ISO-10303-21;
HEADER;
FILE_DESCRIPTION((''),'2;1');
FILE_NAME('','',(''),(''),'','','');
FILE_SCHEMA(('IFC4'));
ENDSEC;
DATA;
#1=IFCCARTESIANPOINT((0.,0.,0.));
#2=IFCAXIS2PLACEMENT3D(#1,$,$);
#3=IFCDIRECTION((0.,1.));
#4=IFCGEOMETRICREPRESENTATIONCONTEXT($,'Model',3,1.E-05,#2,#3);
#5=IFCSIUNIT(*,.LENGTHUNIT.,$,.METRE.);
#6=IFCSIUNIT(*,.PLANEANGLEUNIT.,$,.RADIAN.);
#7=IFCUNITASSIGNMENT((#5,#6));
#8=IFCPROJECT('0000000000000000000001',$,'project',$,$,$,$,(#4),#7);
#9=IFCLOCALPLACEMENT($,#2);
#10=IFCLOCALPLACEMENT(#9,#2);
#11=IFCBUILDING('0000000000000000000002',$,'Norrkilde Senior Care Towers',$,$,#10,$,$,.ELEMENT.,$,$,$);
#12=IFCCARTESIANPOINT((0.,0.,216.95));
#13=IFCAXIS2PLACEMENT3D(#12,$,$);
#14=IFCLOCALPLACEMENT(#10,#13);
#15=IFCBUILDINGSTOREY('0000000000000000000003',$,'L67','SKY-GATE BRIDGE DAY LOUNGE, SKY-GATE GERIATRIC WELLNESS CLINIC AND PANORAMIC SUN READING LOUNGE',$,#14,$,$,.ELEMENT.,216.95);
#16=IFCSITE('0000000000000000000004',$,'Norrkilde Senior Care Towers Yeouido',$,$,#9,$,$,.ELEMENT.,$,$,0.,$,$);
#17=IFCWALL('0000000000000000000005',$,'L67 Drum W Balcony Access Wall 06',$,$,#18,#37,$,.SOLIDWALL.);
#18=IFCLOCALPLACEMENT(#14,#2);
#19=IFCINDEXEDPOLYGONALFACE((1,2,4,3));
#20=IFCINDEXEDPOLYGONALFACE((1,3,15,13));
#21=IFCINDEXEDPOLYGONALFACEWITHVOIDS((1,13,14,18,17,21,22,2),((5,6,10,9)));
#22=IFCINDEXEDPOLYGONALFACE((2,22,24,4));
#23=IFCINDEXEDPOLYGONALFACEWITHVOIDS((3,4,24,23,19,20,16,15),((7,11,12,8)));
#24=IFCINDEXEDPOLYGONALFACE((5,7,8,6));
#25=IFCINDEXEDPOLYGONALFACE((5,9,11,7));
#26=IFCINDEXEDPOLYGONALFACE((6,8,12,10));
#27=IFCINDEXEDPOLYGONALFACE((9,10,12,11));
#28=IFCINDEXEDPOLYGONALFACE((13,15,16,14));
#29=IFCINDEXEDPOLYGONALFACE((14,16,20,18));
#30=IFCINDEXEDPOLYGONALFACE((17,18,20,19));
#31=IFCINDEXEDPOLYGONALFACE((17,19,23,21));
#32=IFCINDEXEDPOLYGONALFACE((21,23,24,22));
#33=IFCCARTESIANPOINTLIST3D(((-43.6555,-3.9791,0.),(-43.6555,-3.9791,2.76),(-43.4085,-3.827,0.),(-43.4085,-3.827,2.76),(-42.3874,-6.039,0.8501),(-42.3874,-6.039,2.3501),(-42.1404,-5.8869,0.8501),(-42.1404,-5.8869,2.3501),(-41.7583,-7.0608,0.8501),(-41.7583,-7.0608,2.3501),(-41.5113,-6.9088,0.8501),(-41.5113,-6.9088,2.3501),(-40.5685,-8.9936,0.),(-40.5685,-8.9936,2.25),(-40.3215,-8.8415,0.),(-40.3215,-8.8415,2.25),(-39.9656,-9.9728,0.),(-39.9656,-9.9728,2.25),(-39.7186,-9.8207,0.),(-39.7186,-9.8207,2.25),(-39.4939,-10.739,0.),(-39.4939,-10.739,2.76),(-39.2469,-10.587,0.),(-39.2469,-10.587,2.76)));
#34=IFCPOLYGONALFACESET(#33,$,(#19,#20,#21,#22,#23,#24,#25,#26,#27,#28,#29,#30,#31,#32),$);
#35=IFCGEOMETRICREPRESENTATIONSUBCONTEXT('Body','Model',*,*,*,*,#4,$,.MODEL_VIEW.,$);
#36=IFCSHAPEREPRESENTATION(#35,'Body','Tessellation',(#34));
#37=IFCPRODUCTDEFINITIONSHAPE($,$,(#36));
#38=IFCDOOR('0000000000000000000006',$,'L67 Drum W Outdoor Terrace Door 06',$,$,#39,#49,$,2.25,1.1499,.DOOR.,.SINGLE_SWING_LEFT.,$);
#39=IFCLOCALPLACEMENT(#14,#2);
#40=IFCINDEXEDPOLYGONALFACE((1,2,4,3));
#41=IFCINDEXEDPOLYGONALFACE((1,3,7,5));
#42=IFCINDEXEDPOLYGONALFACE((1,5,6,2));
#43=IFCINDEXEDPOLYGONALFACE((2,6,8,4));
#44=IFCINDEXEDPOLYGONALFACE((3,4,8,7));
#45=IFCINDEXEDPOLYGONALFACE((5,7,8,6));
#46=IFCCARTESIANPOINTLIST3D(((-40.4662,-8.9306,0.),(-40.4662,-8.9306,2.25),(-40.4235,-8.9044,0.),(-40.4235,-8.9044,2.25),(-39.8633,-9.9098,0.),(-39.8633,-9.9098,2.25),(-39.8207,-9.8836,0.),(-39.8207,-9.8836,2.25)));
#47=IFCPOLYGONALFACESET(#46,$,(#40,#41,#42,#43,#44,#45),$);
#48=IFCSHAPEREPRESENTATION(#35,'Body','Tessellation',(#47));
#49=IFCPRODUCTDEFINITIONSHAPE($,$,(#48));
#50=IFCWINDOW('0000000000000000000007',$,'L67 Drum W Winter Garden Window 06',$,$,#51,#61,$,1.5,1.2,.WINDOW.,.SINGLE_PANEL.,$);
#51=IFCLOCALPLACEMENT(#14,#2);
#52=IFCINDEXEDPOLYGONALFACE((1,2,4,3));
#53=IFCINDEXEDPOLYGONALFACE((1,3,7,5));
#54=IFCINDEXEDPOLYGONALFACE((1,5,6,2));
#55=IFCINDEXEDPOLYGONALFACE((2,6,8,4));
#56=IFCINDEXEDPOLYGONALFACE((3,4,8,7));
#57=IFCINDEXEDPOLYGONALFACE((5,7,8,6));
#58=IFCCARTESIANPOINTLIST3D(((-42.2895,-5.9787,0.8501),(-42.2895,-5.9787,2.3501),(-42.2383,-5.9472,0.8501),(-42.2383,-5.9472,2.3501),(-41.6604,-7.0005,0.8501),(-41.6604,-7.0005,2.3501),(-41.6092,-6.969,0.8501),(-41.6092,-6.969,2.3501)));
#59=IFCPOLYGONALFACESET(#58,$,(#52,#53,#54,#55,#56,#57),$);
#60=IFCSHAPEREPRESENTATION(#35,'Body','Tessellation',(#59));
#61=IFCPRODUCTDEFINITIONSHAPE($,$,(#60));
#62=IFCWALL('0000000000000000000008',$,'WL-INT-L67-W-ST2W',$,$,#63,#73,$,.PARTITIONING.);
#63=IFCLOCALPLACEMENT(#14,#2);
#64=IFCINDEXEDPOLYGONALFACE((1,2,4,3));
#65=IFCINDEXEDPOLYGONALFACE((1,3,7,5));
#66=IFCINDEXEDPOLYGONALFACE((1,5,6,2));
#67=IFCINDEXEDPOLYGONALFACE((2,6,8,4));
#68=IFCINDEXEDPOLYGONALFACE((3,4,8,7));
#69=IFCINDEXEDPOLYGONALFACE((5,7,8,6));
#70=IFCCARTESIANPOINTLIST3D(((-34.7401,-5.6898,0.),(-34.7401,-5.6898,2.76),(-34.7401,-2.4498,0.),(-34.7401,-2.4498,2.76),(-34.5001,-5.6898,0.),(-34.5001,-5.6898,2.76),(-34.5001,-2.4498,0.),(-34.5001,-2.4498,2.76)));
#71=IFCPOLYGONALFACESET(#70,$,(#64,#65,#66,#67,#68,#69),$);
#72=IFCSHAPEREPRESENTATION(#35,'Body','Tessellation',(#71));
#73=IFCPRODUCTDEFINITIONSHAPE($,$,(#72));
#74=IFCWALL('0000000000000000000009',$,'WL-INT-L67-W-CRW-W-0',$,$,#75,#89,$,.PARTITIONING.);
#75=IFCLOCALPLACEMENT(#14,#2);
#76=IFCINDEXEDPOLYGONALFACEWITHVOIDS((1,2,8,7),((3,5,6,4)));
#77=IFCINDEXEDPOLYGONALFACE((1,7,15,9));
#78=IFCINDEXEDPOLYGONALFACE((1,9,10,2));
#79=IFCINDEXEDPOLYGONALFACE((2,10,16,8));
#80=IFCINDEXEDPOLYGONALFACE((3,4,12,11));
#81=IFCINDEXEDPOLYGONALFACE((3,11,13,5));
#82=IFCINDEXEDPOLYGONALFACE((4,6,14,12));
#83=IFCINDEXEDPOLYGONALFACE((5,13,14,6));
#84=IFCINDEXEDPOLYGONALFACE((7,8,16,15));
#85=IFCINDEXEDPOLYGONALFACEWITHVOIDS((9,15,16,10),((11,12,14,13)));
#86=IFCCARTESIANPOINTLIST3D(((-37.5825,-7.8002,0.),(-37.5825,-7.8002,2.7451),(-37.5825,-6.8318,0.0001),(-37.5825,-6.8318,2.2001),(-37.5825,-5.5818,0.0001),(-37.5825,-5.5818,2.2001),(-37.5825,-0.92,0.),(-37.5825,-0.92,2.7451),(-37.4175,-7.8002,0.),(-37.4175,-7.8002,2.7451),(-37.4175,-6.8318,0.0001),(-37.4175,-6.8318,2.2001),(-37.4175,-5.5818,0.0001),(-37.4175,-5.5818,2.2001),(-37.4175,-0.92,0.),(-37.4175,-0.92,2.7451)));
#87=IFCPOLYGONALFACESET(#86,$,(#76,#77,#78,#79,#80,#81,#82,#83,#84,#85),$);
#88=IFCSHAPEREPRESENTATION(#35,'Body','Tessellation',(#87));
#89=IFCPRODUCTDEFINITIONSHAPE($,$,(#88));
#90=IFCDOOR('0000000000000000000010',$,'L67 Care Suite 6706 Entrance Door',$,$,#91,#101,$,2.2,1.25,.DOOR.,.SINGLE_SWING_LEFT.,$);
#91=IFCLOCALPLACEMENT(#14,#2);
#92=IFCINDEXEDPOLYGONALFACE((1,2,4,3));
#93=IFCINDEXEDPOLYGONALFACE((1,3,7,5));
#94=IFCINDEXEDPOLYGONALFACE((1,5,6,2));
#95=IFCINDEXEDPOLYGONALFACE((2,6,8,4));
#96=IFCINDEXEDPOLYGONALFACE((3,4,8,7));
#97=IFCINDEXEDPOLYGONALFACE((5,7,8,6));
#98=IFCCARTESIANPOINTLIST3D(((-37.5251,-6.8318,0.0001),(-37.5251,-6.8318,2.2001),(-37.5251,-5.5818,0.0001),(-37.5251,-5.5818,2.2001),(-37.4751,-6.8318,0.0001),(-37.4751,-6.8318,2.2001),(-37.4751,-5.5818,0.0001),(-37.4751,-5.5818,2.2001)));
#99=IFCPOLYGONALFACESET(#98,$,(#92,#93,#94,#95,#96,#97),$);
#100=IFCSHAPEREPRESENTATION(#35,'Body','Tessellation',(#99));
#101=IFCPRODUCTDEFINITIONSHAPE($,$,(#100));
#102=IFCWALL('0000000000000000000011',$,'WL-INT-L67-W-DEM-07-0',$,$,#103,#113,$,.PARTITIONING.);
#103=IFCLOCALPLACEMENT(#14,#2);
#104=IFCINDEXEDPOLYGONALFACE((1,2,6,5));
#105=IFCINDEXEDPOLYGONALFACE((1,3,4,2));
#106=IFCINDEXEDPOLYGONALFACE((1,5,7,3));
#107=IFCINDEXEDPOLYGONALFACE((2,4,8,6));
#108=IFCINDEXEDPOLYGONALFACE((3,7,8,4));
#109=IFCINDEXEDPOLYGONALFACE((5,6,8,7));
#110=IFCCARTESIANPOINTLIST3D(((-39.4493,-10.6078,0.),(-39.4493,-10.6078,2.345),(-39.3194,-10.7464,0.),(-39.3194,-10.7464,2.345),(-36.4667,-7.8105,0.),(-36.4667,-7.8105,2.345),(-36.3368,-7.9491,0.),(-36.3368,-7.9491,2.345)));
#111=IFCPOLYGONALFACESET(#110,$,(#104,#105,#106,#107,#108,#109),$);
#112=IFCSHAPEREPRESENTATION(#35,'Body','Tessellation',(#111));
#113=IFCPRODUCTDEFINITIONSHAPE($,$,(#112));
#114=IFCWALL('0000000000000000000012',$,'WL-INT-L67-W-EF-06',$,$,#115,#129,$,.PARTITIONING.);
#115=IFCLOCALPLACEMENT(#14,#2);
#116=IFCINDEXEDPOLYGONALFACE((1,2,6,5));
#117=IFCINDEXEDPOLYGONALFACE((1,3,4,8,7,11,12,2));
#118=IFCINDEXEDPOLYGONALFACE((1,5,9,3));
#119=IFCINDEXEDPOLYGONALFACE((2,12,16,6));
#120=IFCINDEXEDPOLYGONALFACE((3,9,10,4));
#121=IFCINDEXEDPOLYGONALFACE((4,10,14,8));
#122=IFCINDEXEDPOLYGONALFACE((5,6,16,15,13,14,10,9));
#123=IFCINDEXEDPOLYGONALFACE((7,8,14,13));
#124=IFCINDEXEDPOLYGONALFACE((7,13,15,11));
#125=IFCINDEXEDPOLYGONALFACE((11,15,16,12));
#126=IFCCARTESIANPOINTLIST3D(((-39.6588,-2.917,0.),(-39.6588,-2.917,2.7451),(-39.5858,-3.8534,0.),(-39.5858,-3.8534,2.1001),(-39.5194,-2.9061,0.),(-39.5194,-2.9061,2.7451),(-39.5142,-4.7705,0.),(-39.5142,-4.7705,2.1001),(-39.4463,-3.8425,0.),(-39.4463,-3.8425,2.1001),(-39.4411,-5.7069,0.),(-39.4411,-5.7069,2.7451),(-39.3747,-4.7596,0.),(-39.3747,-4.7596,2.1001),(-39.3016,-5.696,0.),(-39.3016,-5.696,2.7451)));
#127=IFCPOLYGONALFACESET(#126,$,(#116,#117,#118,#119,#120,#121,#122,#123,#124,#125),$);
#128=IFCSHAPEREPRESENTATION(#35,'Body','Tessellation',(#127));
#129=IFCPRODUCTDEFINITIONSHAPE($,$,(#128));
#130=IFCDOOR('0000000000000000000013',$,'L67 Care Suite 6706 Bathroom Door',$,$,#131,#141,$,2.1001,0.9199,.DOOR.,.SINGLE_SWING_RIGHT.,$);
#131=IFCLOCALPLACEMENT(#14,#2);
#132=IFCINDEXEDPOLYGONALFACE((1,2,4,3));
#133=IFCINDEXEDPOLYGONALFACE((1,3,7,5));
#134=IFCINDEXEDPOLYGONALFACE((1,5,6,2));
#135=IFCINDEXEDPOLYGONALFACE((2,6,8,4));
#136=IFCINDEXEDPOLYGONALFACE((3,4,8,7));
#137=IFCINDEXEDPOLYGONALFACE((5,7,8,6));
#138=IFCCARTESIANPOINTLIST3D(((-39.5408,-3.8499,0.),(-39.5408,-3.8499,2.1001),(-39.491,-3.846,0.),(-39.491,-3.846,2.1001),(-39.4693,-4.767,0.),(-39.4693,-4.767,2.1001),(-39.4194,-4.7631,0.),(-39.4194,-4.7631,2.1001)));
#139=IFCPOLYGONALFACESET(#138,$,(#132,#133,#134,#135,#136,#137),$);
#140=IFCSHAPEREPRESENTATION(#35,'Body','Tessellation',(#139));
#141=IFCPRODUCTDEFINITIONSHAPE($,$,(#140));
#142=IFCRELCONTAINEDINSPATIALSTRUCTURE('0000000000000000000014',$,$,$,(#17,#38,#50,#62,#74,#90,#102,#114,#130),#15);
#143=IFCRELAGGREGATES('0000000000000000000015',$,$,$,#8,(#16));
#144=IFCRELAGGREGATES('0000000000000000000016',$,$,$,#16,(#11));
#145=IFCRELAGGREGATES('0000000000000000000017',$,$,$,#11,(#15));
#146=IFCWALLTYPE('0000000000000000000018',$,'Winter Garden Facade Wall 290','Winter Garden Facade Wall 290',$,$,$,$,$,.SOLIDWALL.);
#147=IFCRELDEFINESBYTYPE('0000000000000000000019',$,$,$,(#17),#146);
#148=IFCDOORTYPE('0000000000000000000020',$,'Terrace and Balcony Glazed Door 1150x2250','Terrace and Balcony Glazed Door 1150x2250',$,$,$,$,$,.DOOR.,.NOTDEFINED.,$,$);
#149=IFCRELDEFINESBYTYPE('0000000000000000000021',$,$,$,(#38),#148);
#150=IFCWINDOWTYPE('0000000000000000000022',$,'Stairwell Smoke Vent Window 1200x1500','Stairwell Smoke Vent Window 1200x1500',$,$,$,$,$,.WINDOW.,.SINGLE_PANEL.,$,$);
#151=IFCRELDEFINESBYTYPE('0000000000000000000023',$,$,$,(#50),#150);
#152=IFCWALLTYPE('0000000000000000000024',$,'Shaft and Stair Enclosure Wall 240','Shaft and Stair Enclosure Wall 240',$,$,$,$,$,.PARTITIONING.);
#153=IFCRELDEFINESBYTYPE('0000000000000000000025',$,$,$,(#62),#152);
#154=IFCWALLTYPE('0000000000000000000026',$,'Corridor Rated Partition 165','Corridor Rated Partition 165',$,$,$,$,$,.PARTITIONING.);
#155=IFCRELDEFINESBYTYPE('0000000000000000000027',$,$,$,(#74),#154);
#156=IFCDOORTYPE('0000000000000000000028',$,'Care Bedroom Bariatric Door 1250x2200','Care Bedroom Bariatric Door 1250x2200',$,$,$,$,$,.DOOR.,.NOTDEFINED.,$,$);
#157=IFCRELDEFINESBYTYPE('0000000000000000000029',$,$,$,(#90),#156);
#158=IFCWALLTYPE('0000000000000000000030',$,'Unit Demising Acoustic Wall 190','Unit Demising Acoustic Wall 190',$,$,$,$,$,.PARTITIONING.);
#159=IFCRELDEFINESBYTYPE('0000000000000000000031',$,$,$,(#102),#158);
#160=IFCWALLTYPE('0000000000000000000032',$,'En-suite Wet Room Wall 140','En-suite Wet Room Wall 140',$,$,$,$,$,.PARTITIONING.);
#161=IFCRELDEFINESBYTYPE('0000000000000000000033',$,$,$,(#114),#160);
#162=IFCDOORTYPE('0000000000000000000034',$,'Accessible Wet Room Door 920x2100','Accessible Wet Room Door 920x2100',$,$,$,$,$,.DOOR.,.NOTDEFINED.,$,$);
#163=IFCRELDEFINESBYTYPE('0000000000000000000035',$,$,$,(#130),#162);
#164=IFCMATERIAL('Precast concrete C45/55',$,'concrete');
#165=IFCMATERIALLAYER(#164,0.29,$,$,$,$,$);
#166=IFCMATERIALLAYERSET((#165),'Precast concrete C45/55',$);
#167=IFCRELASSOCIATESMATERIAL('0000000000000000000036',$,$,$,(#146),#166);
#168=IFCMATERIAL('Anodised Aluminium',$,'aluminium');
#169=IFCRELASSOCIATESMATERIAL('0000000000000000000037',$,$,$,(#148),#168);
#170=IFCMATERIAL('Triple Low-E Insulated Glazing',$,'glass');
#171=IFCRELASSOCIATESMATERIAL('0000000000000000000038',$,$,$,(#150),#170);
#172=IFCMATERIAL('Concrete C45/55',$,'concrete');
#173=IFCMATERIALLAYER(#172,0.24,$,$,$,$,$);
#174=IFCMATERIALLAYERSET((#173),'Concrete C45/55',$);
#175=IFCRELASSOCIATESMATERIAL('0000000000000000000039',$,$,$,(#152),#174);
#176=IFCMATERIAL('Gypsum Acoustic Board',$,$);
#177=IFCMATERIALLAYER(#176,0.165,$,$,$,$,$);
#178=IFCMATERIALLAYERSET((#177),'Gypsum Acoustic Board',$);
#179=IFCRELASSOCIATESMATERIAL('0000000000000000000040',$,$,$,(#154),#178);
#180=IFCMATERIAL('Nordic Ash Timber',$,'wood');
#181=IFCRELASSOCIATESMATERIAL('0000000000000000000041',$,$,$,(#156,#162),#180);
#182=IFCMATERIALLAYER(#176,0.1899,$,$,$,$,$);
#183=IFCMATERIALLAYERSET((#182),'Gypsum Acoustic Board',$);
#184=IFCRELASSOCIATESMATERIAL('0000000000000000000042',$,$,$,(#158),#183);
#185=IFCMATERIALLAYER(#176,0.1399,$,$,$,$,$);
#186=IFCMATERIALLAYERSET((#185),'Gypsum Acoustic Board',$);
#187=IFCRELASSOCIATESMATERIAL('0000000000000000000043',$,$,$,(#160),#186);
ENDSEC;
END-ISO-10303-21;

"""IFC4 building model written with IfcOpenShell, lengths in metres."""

from ifc_helpers import new_model, si_unit, direction, frame, frame_2d, origin, place, context, subcontext, project, spatial, rectangle, extrude, source, transform, mapped, material, layer, layer_set, type_object, type_shapes, element, fill, save


model = new_model("IFC4")

# Units and contexts
model_context = context("Model", 3, precision=1e-05, world=origin(), true_north=direction((0.0, 1.0)))
body_context = subcontext(model_context, "Body", "Model", "MODEL_VIEW")
ifc_project = project(units=[si_unit("LENGTHUNIT", "METRE"), si_unit("PLANEANGLEUNIT", "RADIAN")], contexts=[model_context])

# Site, building, storey
site_placement = place(None, origin())
site = spatial("IfcSite", under=ifc_project, at=site_placement, Name="Norrkilde Senior Care Towers Yeouido", CompositionType="ELEMENT", RefElevation=0.0)
building_placement = place(site_placement, origin())
building = spatial("IfcBuilding", under=site, at=building_placement, Name="Norrkilde Senior Care Towers", CompositionType="ELEMENT")
storey_placement = place(building_placement, frame((0.0, 0.0, 216.95)))
storey = spatial("IfcBuildingStorey", under=building, at=storey_placement, Name="L67", Description="SKY-GATE BRIDGE DAY LOUNGE, SKY-GATE GERIATRIC WELLNESS CLINIC AND PANORAMIC SUN READING LOUNGE", CompositionType="ELEMENT", Elevation=216.95)

# Shared definitions
ifc_material_1 = material(Name="Triple Low-E Insulated Glazing", Category="glass")
ifc_material_2 = material(Name="Anodised Aluminium", Category="aluminium")

# Wall, openings, door, window
ifc_material_3 = material(Name="Precast concrete C45/55", Category="concrete")
ifc_layer_1 = layer(ifc_material_3, 0.29)
ifc_layer_set_1 = layer_set([ifc_layer_1], Name="Precast concrete C45/55")
wall_type_1 = type_object("IfcWallType", Name="Winter Garden Facade Wall 290", Description="Winter Garden Facade Wall 290", PredefinedType="SOLIDWALL", material=ifc_layer_set_1)
shared_shape_1 = source(origin(), body_context, "Body", "SweptSolid", [
    extrude(rectangle(XDim=7.9382, YDim=0.29, at=frame_2d((3.9692, 0.0))), origin(), (0.0, 0.0, 1.0), 2.76),
])
type_shapes(wall_type_1, [shared_shape_1])
wall_1_placement = place(storey_placement, frame((-39.3704, -10.6631, 0.0), z_axis=(0.0, 0.0, 1.0), x_axis=(-0.524245, 0.851567, 0.0)))
wall_1 = element("IfcWall", 1, at=wall_1_placement, inside=storey, type_object=wall_type_1, Name="L67 Drum W Balcony Access Wall 06", PredefinedType="SOLIDWALL", context=body_context, shape_type="MappedRepresentation", body=[
    mapped(shared_shape_1, transform((0.0, 0.0, 0.0), x_axis=(1.0, 0.0, 0.0), y_axis=(0.0, 1.0, 0.0), z_axis=(0.0, 0.0, 1.0), scale=1.0)),
])
opening_1_placement = place(wall_1_placement, frame((0.8999, 0.0, 0.0)))
opening_1 = element("IfcOpeningElement", 2, at=opening_1_placement, cuts=wall_1, PredefinedType="OPENING", context=body_context, shape_type="SweptSolid", body=[
    extrude(rectangle(XDim=1.1499, YDim=2.25, at=frame_2d((0.575, 1.125))), frame((0.0, 0.155, 0.0), z_axis=(0.0, -1.0, 0.0), x_axis=(1.0, 0.0, 0.0)), (0.0, 0.0, 1.0), 0.3101),
])
opening_2_placement = place(wall_1_placement, frame((4.3193, 0.0, 0.8501)))
opening_2 = element("IfcOpeningElement", 3, at=opening_2_placement, cuts=wall_1, PredefinedType="OPENING", context=body_context, shape_type="SweptSolid", body=[
    extrude(rectangle(XDim=1.2, YDim=1.5, at=frame_2d((0.6001, 0.75))), frame((0.0, 0.155, 0.0), z_axis=(0.0, -1.0, 0.0), x_axis=(1.0, 0.0, 0.0)), (0.0, 0.0, 1.0), 0.3101),
])
door_type_1 = type_object("IfcDoorType", Name="Terrace and Balcony Glazed Door 1150x2250", Description="Terrace and Balcony Glazed Door 1150x2250", OperationType="NOTDEFINED", PredefinedType="DOOR", material=ifc_material_2)
shared_shape_2 = source(origin(), body_context, "Body", "SweptSolid", [
    extrude(rectangle(XDim=1.1499, YDim=2.25, at=frame_2d((0.575, 1.125))), frame((0.0, 0.0249, 0.0), z_axis=(0.0, -1.0, 0.0), x_axis=(1.0, 0.0, 0.0)), (0.0, 0.0, 1.0), 0.05),
])
type_shapes(door_type_1, [shared_shape_2])
door_1_placement = place(opening_1_placement, origin())
door_1 = element("IfcDoor", 4, at=door_1_placement, inside=storey, type_object=door_type_1, Name="L67 Drum W Outdoor Terrace Door 06", OperationType="SINGLE_SWING_LEFT", OverallHeight=2.25, OverallWidth=1.1499, PredefinedType="DOOR", context=body_context, shape_type="MappedRepresentation", body=[
    mapped(shared_shape_2, transform((0.0, 0.0, 0.0), x_axis=(1.0, 0.0, 0.0), y_axis=(0.0, 1.0, 0.0), z_axis=(0.0, 0.0, 1.0), scale=1.0)),
])
fill(opening_1, door_1)
window_type = type_object("IfcWindowType", Name="Stairwell Smoke Vent Window 1200x1500", Description="Stairwell Smoke Vent Window 1200x1500", PartitioningType="SINGLE_PANEL", PredefinedType="WINDOW", material=ifc_material_1)
shared_shape_3 = source(origin(), body_context, "Body", "SweptSolid", [
    extrude(rectangle(XDim=1.2, YDim=1.5, at=frame_2d((0.6001, 0.75))), frame((0.0, 0.03, 0.0), z_axis=(0.0, -1.0, 0.0), x_axis=(1.0, 0.0, 0.0)), (0.0, 0.0, 1.0), 0.0601),
])
type_shapes(window_type, [shared_shape_3])
window_placement = place(opening_2_placement, origin())
window = element("IfcWindow", 5, at=window_placement, inside=storey, type_object=window_type, Name="L67 Drum W Winter Garden Window 06", OverallHeight=1.5, OverallWidth=1.2, PartitioningType="SINGLE_PANEL", PredefinedType="WINDOW", context=body_context, shape_type="MappedRepresentation", body=[
    mapped(shared_shape_3, transform((0.0, 0.0, 0.0), x_axis=(1.0, 0.0, 0.0), y_axis=(0.0, 1.0, 0.0), z_axis=(0.0, 0.0, 1.0), scale=1.0)),
])
fill(opening_2, window)

# Wall
ifc_material_4 = material(Name="Concrete C45/55", Category="concrete")
ifc_layer_2 = layer(ifc_material_4, 0.24)
ifc_layer_set_2 = layer_set([ifc_layer_2], Name="Concrete C45/55")
wall_type_2 = type_object("IfcWallType", Name="Shaft and Stair Enclosure Wall 240", Description="Shaft and Stair Enclosure Wall 240", PredefinedType="PARTITIONING", material=ifc_layer_set_2)
shared_shape_4 = source(origin(), body_context, "Body", "SweptSolid", [
    extrude(rectangle(XDim=3.24, YDim=0.24, at=frame_2d((1.6201, 0.0))), origin(), (0.0, 0.0, 1.0), 2.76),
])
type_shapes(wall_type_2, [shared_shape_4])
wall_2_placement = place(storey_placement, frame((-34.6201, -5.6899, 0.0), z_axis=(0.0, 0.0, 1.0), x_axis=(0.0, 1.0, 0.0)))
element("IfcWall", 6, at=wall_2_placement, inside=storey, type_object=wall_type_2, Name="WL-INT-L67-W-ST2W", PredefinedType="PARTITIONING", context=body_context, shape_type="MappedRepresentation", body=[
    mapped(shared_shape_4, transform((0.0, 0.0, 0.0), x_axis=(1.0, 0.0, 0.0), y_axis=(0.0, 1.0, 0.0), z_axis=(0.0, 0.0, 1.0), scale=1.0)),
])

# Wall, opening, door
ifc_material_5 = material(Name="Gypsum Acoustic Board")
ifc_layer_3 = layer(ifc_material_5, 0.165)
ifc_layer_set_3 = layer_set([ifc_layer_3], Name="Gypsum Acoustic Board")
wall_type_3 = type_object("IfcWallType", Name="Corridor Rated Partition 165", Description="Corridor Rated Partition 165", PredefinedType="PARTITIONING", material=ifc_layer_set_3)
shared_shape_5 = source(origin(), body_context, "Body", "SweptSolid", [
    extrude(rectangle(XDim=6.8801, YDim=0.165, at=frame_2d((3.4399, 0.0))), origin(), (0.0, 0.0, 1.0), 2.7451),
])
type_shapes(wall_type_3, [shared_shape_5])
wall_3_placement = place(storey_placement, frame((-37.5, -7.8, 0.0), z_axis=(0.0, 0.0, 1.0), x_axis=(0.0, 1.0, 0.0)))
wall_3 = element("IfcWall", 7, at=wall_3_placement, inside=storey, type_object=wall_type_3, Name="WL-INT-L67-W-CRW-W-0", PredefinedType="PARTITIONING", context=body_context, shape_type="MappedRepresentation", body=[
    mapped(shared_shape_5, transform((0.0, 0.0, 0.0), x_axis=(1.0, 0.0, 0.0), y_axis=(0.0, 1.0, 0.0), z_axis=(0.0, 0.0, 1.0), scale=1.0)),
])
opening_3_placement = place(wall_3_placement, frame((0.9683, 0.0, 0.0)))
opening_3 = element("IfcOpeningElement", 8, at=opening_3_placement, cuts=wall_3, PredefinedType="OPENING", context=body_context, shape_type="SweptSolid", body=[
    extrude(rectangle(XDim=1.25, YDim=2.2, at=frame_2d((0.625, 1.1001))), frame((0.0, 0.0925, 0.0), z_axis=(0.0, -1.0, 0.0), x_axis=(1.0, 0.0, 0.0)), (0.0, 0.0, 1.0), 0.1851),
])
ifc_material_6 = material(Name="Nordic Ash Timber", Category="wood")
door_type_2 = type_object("IfcDoorType", Name="Care Bedroom Bariatric Door 1250x2200", Description="Care Bedroom Bariatric Door 1250x2200", OperationType="NOTDEFINED", PredefinedType="DOOR", material=ifc_material_6)
shared_shape_6 = source(origin(), body_context, "Body", "SweptSolid", [
    extrude(rectangle(XDim=1.25, YDim=2.2, at=frame_2d((0.625, 1.1001))), frame((0.0, 0.0249, 0.0), z_axis=(0.0, -1.0, 0.0), x_axis=(1.0, 0.0, 0.0)), (0.0, 0.0, 1.0), 0.05),
])
type_shapes(door_type_2, [shared_shape_6])
door_2_placement = place(opening_3_placement, frame((1.25, 0.0, 0.0), z_axis=(0.0, 0.0, 1.0), x_axis=(-1.0, 0.0, 0.0)))
door_2 = element("IfcDoor", 9, at=door_2_placement, inside=storey, type_object=door_type_2, Name="L67 Care Suite 6706 Entrance Door", OperationType="SINGLE_SWING_LEFT", OverallHeight=2.2, OverallWidth=1.25, PredefinedType="DOOR", context=body_context, shape_type="MappedRepresentation", body=[
    mapped(shared_shape_6, transform((0.0, 0.0, 0.0), x_axis=(1.0, 0.0, 0.0), y_axis=(0.0, 1.0, 0.0), z_axis=(0.0, 0.0, 1.0), scale=1.0)),
])
fill(opening_3, door_2)

# Wall
ifc_layer_4 = layer(ifc_material_5, 0.1899)
ifc_layer_set_4 = layer_set([ifc_layer_4], Name="Gypsum Acoustic Board")
wall_type_4 = type_object("IfcWallType", Name="Unit Demising Acoustic Wall 190", Description="Unit Demising Acoustic Wall 190", PredefinedType="PARTITIONING", material=ifc_layer_set_4)
shared_shape_7 = source(origin(), body_context, "Body", "SweptSolid", [
    extrude(rectangle(XDim=4.0891, YDim=0.1899, at=frame_2d((2.0444, 0.0))), origin(), (0.0, 0.0, 1.0), 2.345),
])
type_shapes(wall_type_4, [shared_shape_7])
wall_4_placement = place(storey_placement, frame((-36.4019, -7.8799, 0.0), z_axis=(0.0, 0.0, 1.0), x_axis=(-0.729401, -0.684086, 0.0)))
element("IfcWall", 10, at=wall_4_placement, inside=storey, type_object=wall_type_4, Name="WL-INT-L67-W-DEM-07-0", PredefinedType="PARTITIONING", context=body_context, shape_type="MappedRepresentation", body=[
    mapped(shared_shape_7, transform((0.0, 0.0, 0.0), x_axis=(1.0, 0.0, 0.0), y_axis=(0.0, 1.0, 0.0), z_axis=(0.0, 0.0, 1.0), scale=1.0)),
])

# Wall, opening, door
ifc_layer_5 = layer(ifc_material_5, 0.1399)
ifc_layer_set_5 = layer_set([ifc_layer_5], Name="Gypsum Acoustic Board")
wall_type_5 = type_object("IfcWallType", Name="En-suite Wet Room Wall 140", Description="En-suite Wet Room Wall 140", PredefinedType="PARTITIONING", material=ifc_layer_set_5)
shared_shape_8 = source(origin(), body_context, "Body", "SweptSolid", [
    extrude(rectangle(XDim=2.7983, YDim=0.1399, at=frame_2d((1.3992, 0.0))), origin(), (0.0, 0.0, 1.0), 2.7451),
])
type_shapes(wall_type_5, [shared_shape_8])
wall_5_placement = place(storey_placement, frame((-39.3713, -5.7014, 0.0), z_axis=(0.0, 0.0, 1.0), x_axis=(-0.077824, 0.996967, 0.0)))
wall_5 = element("IfcWall", 11, at=wall_5_placement, inside=storey, type_object=wall_type_5, Name="WL-INT-L67-W-EF-06", PredefinedType="PARTITIONING", context=body_context, shape_type="MappedRepresentation", body=[
    mapped(shared_shape_8, transform((0.0, 0.0, 0.0), x_axis=(1.0, 0.0, 0.0), y_axis=(0.0, 1.0, 0.0), z_axis=(0.0, 0.0, 1.0), scale=1.0)),
])
opening_4_placement = place(wall_5_placement, frame((0.9392, 0.0, 0.0)))
opening_4 = element("IfcOpeningElement", 12, at=opening_4_placement, cuts=wall_5, PredefinedType="OPENING", context=body_context, shape_type="SweptSolid", body=[
    extrude(rectangle(XDim=0.9199, YDim=2.1001, at=frame_2d((0.46, 1.05))), frame((0.0, 0.0798, 0.0), z_axis=(0.0, -1.0, 0.0), x_axis=(1.0, 0.0, 0.0)), (0.0, 0.0, 1.0), 0.1599),
])
door_type_3 = type_object("IfcDoorType", Name="Accessible Wet Room Door 920x2100", Description="Accessible Wet Room Door 920x2100", OperationType="NOTDEFINED", PredefinedType="DOOR", material=ifc_material_6)
shared_shape_9 = source(origin(), body_context, "Body", "SweptSolid", [
    extrude(rectangle(XDim=0.9199, YDim=2.1001, at=frame_2d((0.46, 1.05))), frame((0.0, 0.0249, 0.0), z_axis=(0.0, -1.0, 0.0), x_axis=(1.0, 0.0, 0.0)), (0.0, 0.0, 1.0), 0.05),
])
type_shapes(door_type_3, [shared_shape_9])
door_3_placement = place(opening_4_placement, origin())
door_3 = element("IfcDoor", 13, at=door_3_placement, inside=storey, type_object=door_type_3, Name="L67 Care Suite 6706 Bathroom Door", OperationType="SINGLE_SWING_RIGHT", OverallHeight=2.1001, OverallWidth=0.9199, PredefinedType="DOOR", context=body_context, shape_type="MappedRepresentation", body=[
    mapped(shared_shape_9, transform((0.0, 0.0, 0.0), x_axis=(1.0, 0.0, 0.0), y_axis=(0.0, 1.0, 0.0), z_axis=(0.0, 0.0, 1.0), scale=1.0)),
])
fill(opening_4, door_3)

save(model, "model.ifc")
